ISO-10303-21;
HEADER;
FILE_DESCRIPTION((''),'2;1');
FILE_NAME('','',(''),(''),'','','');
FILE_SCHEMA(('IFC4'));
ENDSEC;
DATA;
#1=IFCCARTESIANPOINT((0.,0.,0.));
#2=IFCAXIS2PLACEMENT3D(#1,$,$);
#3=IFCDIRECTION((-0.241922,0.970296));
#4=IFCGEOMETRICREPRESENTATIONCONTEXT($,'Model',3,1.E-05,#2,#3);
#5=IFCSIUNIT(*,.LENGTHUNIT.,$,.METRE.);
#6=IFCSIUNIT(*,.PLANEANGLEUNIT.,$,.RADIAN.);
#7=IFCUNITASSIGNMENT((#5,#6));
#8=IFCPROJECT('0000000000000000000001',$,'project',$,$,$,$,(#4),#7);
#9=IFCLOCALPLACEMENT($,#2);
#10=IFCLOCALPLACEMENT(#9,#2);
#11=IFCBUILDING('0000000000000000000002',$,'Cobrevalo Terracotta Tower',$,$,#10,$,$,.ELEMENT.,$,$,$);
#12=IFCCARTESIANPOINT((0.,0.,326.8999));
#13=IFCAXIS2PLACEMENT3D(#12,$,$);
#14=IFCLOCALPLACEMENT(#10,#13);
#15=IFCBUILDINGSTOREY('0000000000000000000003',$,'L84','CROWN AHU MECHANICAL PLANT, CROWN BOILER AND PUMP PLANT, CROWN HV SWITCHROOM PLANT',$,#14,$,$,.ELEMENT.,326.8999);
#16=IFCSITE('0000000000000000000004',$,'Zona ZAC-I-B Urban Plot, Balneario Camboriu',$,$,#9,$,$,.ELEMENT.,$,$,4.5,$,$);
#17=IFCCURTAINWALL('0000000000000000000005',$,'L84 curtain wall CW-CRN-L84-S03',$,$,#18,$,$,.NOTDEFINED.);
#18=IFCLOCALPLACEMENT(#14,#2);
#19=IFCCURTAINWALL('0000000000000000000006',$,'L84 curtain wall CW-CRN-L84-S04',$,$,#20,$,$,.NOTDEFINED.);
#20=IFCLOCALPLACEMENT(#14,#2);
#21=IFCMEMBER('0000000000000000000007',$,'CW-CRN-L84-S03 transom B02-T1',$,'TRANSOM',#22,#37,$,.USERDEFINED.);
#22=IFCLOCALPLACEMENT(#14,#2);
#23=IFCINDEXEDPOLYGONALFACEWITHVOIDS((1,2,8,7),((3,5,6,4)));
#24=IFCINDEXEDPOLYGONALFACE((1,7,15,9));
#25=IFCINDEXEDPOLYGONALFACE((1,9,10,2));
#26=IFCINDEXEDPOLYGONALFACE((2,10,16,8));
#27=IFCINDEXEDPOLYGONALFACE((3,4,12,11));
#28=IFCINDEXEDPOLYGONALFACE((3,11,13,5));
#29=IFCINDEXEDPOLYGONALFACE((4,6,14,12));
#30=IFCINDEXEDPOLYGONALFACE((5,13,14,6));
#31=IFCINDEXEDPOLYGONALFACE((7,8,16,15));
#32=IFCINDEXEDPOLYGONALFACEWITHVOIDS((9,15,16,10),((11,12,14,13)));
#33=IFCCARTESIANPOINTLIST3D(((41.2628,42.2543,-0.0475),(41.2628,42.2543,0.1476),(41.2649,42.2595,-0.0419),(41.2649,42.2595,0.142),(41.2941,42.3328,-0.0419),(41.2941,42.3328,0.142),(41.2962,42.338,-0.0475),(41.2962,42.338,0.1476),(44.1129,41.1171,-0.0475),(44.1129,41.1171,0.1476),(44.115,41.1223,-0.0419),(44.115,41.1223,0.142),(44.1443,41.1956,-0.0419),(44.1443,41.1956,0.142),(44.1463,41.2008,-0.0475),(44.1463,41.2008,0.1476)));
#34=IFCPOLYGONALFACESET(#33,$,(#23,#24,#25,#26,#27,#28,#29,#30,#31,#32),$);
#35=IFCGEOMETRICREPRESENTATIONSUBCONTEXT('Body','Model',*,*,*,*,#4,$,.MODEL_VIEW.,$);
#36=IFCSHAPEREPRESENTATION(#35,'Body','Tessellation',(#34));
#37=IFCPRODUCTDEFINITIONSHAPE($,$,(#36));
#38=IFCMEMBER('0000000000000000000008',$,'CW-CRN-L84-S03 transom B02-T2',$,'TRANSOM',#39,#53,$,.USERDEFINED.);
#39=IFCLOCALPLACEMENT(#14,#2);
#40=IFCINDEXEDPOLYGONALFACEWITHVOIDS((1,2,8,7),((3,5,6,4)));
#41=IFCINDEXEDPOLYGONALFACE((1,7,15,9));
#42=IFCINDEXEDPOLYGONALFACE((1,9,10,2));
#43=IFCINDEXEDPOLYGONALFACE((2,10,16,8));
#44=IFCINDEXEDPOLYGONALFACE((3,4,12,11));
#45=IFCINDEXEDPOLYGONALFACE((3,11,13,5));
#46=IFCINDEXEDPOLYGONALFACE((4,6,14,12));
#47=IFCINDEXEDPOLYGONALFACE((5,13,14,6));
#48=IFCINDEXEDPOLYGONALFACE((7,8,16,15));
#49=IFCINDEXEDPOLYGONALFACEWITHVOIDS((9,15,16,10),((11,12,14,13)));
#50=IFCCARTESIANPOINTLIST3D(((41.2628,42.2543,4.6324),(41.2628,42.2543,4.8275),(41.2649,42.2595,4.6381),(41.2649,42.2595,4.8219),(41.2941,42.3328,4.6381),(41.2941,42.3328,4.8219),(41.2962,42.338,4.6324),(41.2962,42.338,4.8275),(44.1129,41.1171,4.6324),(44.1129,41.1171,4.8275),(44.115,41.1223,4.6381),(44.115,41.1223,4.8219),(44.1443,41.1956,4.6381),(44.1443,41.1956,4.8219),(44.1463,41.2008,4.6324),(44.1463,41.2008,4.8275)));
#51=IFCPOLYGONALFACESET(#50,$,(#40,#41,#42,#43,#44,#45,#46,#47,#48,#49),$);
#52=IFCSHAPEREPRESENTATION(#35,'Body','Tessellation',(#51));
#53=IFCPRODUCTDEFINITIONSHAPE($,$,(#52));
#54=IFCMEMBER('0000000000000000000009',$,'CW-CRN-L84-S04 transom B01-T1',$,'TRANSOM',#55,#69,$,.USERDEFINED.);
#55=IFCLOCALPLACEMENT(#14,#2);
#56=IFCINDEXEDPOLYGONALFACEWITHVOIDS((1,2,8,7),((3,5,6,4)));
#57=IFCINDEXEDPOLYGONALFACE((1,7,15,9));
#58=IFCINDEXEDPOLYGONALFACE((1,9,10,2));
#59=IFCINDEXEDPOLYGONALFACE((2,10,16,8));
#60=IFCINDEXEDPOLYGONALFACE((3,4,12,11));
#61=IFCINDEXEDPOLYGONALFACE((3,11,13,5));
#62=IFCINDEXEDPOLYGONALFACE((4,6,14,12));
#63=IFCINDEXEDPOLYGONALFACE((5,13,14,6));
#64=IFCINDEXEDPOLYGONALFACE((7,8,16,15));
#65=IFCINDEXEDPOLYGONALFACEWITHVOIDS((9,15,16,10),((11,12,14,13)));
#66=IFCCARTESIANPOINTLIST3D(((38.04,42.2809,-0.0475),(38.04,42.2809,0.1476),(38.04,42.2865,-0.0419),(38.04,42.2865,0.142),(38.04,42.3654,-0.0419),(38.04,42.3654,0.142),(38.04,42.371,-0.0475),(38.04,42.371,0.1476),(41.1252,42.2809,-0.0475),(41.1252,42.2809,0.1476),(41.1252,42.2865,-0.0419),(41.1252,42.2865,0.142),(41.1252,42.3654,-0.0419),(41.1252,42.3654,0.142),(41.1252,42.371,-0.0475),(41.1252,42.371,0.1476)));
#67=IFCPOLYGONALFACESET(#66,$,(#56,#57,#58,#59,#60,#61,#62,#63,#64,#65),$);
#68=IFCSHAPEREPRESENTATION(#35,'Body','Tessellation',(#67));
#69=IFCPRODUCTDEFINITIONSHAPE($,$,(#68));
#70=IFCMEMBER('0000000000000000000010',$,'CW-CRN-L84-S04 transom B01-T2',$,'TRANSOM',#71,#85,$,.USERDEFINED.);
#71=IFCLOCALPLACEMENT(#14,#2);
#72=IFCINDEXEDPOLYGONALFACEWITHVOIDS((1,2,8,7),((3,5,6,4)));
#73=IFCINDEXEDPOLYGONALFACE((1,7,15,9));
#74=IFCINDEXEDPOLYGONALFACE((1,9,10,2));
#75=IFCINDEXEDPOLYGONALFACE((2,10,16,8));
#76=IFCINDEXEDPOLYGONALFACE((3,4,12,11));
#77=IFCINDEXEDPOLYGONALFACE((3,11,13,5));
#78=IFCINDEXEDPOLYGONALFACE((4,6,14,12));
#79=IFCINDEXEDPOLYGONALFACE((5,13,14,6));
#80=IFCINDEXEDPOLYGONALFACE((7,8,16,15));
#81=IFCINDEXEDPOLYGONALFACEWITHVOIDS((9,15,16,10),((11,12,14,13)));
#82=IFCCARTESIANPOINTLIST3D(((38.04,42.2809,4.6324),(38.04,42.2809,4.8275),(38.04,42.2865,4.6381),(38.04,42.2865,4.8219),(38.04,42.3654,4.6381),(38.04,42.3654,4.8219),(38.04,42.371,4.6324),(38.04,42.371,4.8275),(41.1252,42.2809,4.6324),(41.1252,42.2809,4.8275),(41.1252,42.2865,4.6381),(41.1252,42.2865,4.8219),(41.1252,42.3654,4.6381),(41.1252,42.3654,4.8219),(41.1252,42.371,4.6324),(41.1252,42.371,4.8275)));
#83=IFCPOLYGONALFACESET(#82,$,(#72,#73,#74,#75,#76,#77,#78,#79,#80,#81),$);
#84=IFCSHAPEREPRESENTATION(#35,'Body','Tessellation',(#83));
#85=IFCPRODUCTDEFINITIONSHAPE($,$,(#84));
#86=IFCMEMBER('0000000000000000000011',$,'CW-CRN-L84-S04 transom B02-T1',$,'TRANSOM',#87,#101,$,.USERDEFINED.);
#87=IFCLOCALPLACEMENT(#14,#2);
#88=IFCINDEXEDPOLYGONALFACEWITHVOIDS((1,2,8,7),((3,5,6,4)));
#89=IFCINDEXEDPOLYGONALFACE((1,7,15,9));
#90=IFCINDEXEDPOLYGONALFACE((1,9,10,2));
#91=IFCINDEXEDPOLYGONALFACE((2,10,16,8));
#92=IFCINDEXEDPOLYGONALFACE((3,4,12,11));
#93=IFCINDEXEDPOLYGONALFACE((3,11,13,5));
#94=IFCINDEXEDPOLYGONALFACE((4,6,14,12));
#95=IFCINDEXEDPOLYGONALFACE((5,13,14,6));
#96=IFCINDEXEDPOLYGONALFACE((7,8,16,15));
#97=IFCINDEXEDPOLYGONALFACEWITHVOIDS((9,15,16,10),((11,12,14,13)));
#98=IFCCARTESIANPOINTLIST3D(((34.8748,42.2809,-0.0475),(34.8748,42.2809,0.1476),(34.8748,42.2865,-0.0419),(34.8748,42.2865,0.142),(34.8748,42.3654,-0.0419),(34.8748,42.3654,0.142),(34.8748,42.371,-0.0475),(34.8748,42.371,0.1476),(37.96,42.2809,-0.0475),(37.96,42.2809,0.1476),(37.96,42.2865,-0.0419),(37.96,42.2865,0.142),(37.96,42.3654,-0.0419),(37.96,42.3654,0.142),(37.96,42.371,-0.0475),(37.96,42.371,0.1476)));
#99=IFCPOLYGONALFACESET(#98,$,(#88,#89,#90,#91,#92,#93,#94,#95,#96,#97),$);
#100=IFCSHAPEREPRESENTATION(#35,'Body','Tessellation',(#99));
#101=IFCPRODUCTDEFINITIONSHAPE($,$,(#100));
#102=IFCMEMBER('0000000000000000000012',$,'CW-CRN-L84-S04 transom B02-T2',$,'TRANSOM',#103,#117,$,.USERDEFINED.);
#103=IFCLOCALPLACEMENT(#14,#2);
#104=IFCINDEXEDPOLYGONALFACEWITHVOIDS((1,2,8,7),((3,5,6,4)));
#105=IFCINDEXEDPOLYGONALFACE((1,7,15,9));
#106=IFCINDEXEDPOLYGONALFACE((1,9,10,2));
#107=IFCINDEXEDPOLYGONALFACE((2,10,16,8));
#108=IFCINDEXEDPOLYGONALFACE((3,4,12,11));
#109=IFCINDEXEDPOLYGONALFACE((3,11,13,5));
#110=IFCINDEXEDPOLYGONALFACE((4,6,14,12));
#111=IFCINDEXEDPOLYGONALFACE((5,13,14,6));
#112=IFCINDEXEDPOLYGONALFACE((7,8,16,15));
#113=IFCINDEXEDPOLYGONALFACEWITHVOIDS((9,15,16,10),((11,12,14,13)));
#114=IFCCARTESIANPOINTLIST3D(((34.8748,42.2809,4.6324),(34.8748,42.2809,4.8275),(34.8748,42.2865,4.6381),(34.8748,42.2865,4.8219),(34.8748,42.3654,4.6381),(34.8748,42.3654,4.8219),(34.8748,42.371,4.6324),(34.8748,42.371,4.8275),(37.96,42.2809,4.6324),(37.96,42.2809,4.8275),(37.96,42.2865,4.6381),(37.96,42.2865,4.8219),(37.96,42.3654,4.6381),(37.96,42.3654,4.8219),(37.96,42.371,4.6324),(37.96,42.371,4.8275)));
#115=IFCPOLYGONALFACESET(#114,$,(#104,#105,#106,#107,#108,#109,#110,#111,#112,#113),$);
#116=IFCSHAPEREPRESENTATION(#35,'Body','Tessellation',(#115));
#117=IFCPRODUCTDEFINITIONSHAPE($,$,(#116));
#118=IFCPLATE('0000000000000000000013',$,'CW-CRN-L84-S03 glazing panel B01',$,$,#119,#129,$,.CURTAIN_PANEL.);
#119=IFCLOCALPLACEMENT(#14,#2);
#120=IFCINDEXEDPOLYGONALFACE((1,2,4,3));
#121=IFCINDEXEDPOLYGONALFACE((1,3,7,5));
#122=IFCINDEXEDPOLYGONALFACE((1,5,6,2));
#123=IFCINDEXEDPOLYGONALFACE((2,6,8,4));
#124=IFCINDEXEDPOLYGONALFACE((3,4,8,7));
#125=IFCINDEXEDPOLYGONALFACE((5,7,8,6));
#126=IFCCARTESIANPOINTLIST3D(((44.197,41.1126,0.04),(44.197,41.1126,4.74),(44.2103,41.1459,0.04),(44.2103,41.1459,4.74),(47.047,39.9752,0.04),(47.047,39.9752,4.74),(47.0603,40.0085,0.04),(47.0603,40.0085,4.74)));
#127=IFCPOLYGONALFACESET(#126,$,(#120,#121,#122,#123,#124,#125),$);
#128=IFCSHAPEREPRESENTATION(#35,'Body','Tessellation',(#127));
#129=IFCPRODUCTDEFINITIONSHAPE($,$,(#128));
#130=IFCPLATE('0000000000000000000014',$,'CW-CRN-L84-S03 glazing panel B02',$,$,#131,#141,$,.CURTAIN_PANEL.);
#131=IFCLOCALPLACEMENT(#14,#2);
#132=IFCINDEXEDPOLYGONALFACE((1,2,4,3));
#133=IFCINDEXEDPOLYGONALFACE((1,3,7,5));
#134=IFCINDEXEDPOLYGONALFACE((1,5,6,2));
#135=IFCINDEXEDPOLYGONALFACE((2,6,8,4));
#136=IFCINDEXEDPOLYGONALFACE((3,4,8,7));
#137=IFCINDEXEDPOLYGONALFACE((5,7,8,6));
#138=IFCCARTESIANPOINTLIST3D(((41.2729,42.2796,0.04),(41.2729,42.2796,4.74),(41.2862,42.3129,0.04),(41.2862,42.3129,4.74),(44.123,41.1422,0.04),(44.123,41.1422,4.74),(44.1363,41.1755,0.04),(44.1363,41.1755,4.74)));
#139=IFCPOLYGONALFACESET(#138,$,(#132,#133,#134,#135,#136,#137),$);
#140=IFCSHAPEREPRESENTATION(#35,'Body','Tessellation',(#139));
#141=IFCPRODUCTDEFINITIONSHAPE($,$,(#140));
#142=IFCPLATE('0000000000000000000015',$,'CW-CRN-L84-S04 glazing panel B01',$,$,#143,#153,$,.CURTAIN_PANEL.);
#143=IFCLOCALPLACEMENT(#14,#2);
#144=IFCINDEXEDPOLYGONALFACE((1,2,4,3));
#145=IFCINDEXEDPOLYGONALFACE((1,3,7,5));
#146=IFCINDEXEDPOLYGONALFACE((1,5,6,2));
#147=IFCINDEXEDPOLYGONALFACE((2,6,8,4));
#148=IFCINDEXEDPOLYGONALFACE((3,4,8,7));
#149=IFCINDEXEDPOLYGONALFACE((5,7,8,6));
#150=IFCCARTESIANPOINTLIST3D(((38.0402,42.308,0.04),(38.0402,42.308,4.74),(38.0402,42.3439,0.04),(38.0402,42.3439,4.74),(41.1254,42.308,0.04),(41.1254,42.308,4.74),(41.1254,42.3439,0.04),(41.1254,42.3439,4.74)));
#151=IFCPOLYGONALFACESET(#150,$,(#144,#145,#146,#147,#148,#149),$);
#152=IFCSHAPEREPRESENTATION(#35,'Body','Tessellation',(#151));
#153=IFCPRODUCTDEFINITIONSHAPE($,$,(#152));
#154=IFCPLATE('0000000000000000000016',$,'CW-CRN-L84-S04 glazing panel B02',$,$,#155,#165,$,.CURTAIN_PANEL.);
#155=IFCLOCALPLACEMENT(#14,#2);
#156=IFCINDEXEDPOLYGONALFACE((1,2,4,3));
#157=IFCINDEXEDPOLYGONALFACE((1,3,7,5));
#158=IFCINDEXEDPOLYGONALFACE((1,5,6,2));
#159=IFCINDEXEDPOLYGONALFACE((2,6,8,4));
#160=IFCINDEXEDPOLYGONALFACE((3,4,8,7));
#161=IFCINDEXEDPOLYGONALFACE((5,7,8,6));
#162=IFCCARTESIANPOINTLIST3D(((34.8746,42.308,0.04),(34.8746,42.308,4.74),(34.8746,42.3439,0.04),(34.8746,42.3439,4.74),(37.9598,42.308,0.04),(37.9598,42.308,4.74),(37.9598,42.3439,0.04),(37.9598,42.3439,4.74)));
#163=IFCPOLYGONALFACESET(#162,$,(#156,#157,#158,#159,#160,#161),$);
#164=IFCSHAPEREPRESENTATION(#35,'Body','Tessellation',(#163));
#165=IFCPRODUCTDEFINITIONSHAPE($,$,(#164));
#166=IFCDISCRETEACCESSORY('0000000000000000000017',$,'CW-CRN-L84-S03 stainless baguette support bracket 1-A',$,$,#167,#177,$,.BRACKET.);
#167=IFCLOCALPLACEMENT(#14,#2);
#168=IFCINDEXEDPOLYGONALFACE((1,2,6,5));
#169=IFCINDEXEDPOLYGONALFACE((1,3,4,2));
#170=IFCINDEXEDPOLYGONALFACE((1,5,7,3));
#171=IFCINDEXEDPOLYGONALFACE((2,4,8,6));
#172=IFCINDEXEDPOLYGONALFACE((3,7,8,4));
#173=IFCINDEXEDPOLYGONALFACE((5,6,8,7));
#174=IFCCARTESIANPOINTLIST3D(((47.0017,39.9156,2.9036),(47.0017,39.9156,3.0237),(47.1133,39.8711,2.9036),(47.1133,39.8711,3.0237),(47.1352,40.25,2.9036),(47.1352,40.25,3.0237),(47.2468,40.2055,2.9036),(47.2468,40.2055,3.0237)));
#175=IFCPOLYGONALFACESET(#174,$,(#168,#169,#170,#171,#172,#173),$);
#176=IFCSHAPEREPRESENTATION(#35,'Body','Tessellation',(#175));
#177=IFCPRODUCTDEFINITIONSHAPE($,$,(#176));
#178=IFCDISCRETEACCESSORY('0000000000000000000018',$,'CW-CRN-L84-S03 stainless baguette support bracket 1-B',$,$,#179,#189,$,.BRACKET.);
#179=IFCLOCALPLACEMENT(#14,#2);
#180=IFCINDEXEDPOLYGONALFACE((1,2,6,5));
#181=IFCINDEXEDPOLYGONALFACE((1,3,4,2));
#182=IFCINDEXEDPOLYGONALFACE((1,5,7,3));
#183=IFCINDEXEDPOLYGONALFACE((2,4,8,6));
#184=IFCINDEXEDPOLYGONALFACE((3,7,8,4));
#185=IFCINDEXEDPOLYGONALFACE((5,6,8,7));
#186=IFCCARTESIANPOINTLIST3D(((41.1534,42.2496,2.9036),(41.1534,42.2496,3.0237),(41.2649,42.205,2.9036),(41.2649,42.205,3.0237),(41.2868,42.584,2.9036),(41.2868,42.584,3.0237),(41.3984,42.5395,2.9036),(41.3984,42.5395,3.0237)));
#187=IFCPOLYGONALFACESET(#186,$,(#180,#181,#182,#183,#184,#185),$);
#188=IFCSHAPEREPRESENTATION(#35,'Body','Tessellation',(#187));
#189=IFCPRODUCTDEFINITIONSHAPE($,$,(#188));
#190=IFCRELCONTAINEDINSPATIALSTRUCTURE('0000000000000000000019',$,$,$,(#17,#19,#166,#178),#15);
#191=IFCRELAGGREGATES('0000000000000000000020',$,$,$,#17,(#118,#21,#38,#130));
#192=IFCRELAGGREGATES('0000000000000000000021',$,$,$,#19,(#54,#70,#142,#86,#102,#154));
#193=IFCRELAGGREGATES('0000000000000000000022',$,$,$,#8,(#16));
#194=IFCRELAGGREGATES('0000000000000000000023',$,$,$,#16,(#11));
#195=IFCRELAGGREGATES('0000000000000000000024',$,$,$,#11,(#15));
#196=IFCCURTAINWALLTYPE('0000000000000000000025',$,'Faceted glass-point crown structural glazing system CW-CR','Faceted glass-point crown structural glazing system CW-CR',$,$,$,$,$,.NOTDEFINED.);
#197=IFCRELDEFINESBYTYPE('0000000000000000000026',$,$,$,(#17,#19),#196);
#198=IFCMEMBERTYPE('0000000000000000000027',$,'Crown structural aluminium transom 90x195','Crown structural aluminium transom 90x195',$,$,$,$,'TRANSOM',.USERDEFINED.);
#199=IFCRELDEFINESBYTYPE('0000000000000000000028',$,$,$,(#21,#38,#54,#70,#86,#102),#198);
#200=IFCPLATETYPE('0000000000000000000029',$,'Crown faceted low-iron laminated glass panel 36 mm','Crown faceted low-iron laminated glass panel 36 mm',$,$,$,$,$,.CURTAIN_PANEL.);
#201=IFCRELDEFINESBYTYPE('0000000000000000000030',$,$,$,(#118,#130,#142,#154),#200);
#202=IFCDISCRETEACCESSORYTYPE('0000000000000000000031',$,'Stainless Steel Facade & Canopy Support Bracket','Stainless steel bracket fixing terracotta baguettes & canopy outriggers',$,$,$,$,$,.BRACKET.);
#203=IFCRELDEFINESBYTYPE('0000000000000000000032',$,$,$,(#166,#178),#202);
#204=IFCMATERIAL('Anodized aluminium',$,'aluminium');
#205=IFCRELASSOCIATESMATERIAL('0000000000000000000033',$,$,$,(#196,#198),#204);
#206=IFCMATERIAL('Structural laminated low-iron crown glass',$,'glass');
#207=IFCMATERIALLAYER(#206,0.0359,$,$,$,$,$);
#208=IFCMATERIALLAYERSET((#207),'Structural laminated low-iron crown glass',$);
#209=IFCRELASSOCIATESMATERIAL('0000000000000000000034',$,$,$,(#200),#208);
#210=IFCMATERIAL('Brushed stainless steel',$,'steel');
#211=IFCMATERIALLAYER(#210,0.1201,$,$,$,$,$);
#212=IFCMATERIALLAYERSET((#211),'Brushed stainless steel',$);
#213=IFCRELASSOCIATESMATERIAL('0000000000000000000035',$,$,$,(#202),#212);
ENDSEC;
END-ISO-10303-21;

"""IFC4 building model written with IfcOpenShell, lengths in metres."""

from ifc_helpers import new_model, si_unit, direction, frame, origin, origin_2d, place, context, subcontext, project, spatial, rectangle, hollow_rectangle, extrude, source, transform, mapped, material, layer, layer_set, material_profile, profile_set, type_object, element, aggregate, save


model = new_model("IFC4")

# Units and contexts
model_context = context("Model", 3, precision=1e-05, world=origin(), true_north=direction((-0.241922, 0.970296)))
body_context = subcontext(model_context, "Body", "Model", "MODEL_VIEW")
ifc_project = project(units=[si_unit("LENGTHUNIT", "METRE"), si_unit("PLANEANGLEUNIT", "RADIAN")], contexts=[model_context])

# Site, building, storey
site_placement = place(None, origin())
site = spatial("IfcSite", under=ifc_project, at=site_placement, Name="Zona ZAC-I-B Urban Plot, Balneario Camboriu", CompositionType="ELEMENT", RefElevation=4.5)
building_placement = place(site_placement, origin())
building = spatial("IfcBuilding", under=site, at=building_placement, Name="Cobrevalo Terracotta Tower", CompositionType="ELEMENT")
storey_placement = place(building_placement, frame((0.0, 0.0, 326.8999)))
storey = spatial("IfcBuildingStorey", under=building, at=storey_placement, Name="L84", Description="CROWN AHU MECHANICAL PLANT, CROWN BOILER AND PUMP PLANT, CROWN HV SWITCHROOM PLANT", CompositionType="ELEMENT", Elevation=326.8999)

# Curtain walls
ifc_material_1 = material(Name="Anodized aluminium", Category="aluminium")
curtain_wall_type = type_object("IfcCurtainWallType", Name="Faceted glass-point crown structural glazing system CW-CR", Description="Faceted glass-point crown structural glazing system CW-CR", PredefinedType="NOTDEFINED", material=ifc_material_1)
curtain_wall_1_placement = place(storey_placement, origin())
curtain_wall_1 = element("IfcCurtainWall", 1, at=curtain_wall_1_placement, inside=storey, type_object=curtain_wall_type, Name="L84 curtain wall CW-CRN-L84-S03", PredefinedType="NOTDEFINED")
curtain_wall_2_placement = place(storey_placement, origin())
curtain_wall_2 = element("IfcCurtainWall", 2, at=curtain_wall_2_placement, inside=storey, type_object=curtain_wall_type, Name="L84 curtain wall CW-CRN-L84-S04", PredefinedType="NOTDEFINED")

# Members
ifc_material_profile_1 = material_profile(ifc_material_1, hollow_rectangle(XDim=0.0901, YDim=0.1951, WallThickness=0.0056, at=origin_2d()), Name="CWT 90x195")
ifc_profile_set_1 = profile_set([ifc_material_profile_1], Name="Anodized aluminium")
member_type_1 = type_object("IfcMemberType", Name="Crown structural aluminium transom 90x195", Description="Crown structural aluminium transom 90x195", ElementType="TRANSOM", PredefinedType="USERDEFINED", material=ifc_profile_set_1)
shared_shape_1 = source(origin(), body_context, "Body", "SweptSolid", [
    extrude(hollow_rectangle(XDim=0.0901, YDim=0.1951, WallThickness=0.0056, at=origin_2d()), origin(), (0.0, 0.0, 1.0), 3.0686),
])
member_1_placement = place(storey_placement, frame((44.1296, 41.1589, 0.05), z_axis=(-0.928795, 0.370595, 0.0), x_axis=(-0.370595, -0.928795, 0.0)))
member_1 = element("IfcMember", 3, at=member_1_placement, type_object=member_type_1, Name="CW-CRN-L84-S03 transom B02-T1", ObjectType="TRANSOM", PredefinedType="USERDEFINED", context=body_context, shape_type="MappedRepresentation", body=[
    mapped(shared_shape_1, transform((0.0, 0.0, 0.0), scale=1.0)),
])
member_2_placement = place(storey_placement, frame((44.1296, 41.1589, 4.73), z_axis=(-0.928795, 0.370595, 0.0), x_axis=(-0.370595, -0.928795, 0.0)))
member_2 = element("IfcMember", 4, at=member_2_placement, type_object=member_type_1, Name="CW-CRN-L84-S03 transom B02-T2", ObjectType="TRANSOM", PredefinedType="USERDEFINED", context=body_context, shape_type="MappedRepresentation", body=[
    mapped(shared_shape_1, transform((0.0, 0.0, 0.0), scale=1.0)),
])
shared_shape_2 = source(origin(), body_context, "Body", "SweptSolid", [
    extrude(hollow_rectangle(XDim=0.0901, YDim=0.1951, WallThickness=0.0056, at=origin_2d()), origin(), (0.0, 0.0, 1.0), 3.0852),
])
member_3_placement = place(storey_placement, frame((41.1252, 42.3259, 0.05), z_axis=(-1.0, 0.0, 0.0), x_axis=(0.0, -1.0, 0.0)))
member_3 = element("IfcMember", 5, at=member_3_placement, type_object=member_type_1, Name="CW-CRN-L84-S04 transom B01-T1", ObjectType="TRANSOM", PredefinedType="USERDEFINED", context=body_context, shape_type="MappedRepresentation", body=[
    mapped(shared_shape_2, transform((0.0, 0.0, 0.0), scale=1.0)),
])
member_4_placement = place(storey_placement, frame((41.1252, 42.3259, 4.73), z_axis=(-1.0, 0.0, 0.0), x_axis=(0.0, -1.0, 0.0)))
member_4 = element("IfcMember", 6, at=member_4_placement, type_object=member_type_1, Name="CW-CRN-L84-S04 transom B01-T2", ObjectType="TRANSOM", PredefinedType="USERDEFINED", context=body_context, shape_type="MappedRepresentation", body=[
    mapped(shared_shape_2, transform((0.0, 0.0, 0.0), scale=1.0)),
])
member_5_placement = place(storey_placement, frame((37.96, 42.3259, 0.05), z_axis=(-1.0, 0.0, 0.0), x_axis=(0.0, -1.0, 0.0)))
member_5 = element("IfcMember", 7, at=member_5_placement, type_object=member_type_1, Name="CW-CRN-L84-S04 transom B02-T1", ObjectType="TRANSOM", PredefinedType="USERDEFINED", context=body_context, shape_type="MappedRepresentation", body=[
    mapped(shared_shape_2, transform((0.0, 0.0, 0.0), scale=1.0)),
])
member_6_placement = place(storey_placement, frame((37.96, 42.3259, 4.73), z_axis=(-1.0, 0.0, 0.0), x_axis=(0.0, -1.0, 0.0)))
member_6 = element("IfcMember", 8, at=member_6_placement, type_object=member_type_1, Name="CW-CRN-L84-S04 transom B02-T2", ObjectType="TRANSOM", PredefinedType="USERDEFINED", context=body_context, shape_type="MappedRepresentation", body=[
    mapped(shared_shape_2, transform((0.0, 0.0, 0.0), scale=1.0)),
])

# Plates
ifc_material_2 = material(Name="Structural laminated low-iron crown glass", Category="glass")
ifc_layer_1 = layer(ifc_material_2, 0.0359)
ifc_layer_set_1 = layer_set([ifc_layer_1], Name="Structural laminated low-iron crown glass")
plate_type = type_object("IfcPlateType", Name="Crown faceted low-iron laminated glass panel 36 mm", Description="Crown faceted low-iron laminated glass panel 36 mm", PredefinedType="CURTAIN_PANEL", material=ifc_layer_set_1)
shared_shape_3 = source(origin(), body_context, "Body", "SweptSolid", [
    extrude(rectangle(XDim=3.0686, YDim=0.0359, at=origin_2d()), origin(), (0.0, 0.0, 1.0), 4.7),
])
plate_1_placement = place(storey_placement, frame((45.6287, 40.5605, 0.04), z_axis=(0.0, 0.0, 1.0), x_axis=(-0.928769, 0.37066, 0.0)))
plate_1 = element("IfcPlate", 9, at=plate_1_placement, type_object=plate_type, Name="CW-CRN-L84-S03 glazing panel B01", PredefinedType="CURTAIN_PANEL", context=body_context, shape_type="MappedRepresentation", body=[
    mapped(shared_shape_3, transform((0.0, 0.0, 0.0), scale=1.0)),
])
plate_2_placement = place(storey_placement, frame((42.7046, 41.7275, 0.04), z_axis=(0.0, 0.0, 1.0), x_axis=(-0.928769, 0.37066, 0.0)))
plate_2 = element("IfcPlate", 10, at=plate_2_placement, type_object=plate_type, Name="CW-CRN-L84-S03 glazing panel B02", PredefinedType="CURTAIN_PANEL", context=body_context, shape_type="MappedRepresentation", body=[
    mapped(shared_shape_3, transform((0.0, 0.0, 0.0), scale=1.0)),
])
aggregate(curtain_wall_1, [plate_1, member_1, member_2, plate_2])
shared_shape_4 = source(origin(), body_context, "Body", "SweptSolid", [
    extrude(rectangle(XDim=3.0852, YDim=0.0359, at=origin_2d()), origin(), (0.0, 0.0, 1.0), 4.7),
])
plate_3_placement = place(storey_placement, frame((39.5828, 42.3259, 0.04), z_axis=(0.0, 0.0, 1.0), x_axis=(-1.0, 0.0, 0.0)))
plate_3 = element("IfcPlate", 11, at=plate_3_placement, type_object=plate_type, Name="CW-CRN-L84-S04 glazing panel B01", PredefinedType="CURTAIN_PANEL", context=body_context, shape_type="MappedRepresentation", body=[
    mapped(shared_shape_4, transform((0.0, 0.0, 0.0), scale=1.0)),
])
plate_4_placement = place(storey_placement, frame((36.4172, 42.3259, 0.04), z_axis=(0.0, 0.0, 1.0), x_axis=(-1.0, 0.0, 0.0)))
plate_4 = element("IfcPlate", 12, at=plate_4_placement, type_object=plate_type, Name="CW-CRN-L84-S04 glazing panel B02", PredefinedType="CURTAIN_PANEL", context=body_context, shape_type="MappedRepresentation", body=[
    mapped(shared_shape_4, transform((0.0, 0.0, 0.0), scale=1.0)),
])
aggregate(curtain_wall_2, [member_3, member_4, plate_3, member_5, member_6, plate_4])

# Discrete accessories
ifc_material_3 = material(Name="Brushed stainless steel", Category="steel")
ifc_layer_2 = layer(ifc_material_3, 0.1201)
ifc_layer_set_2 = layer_set([ifc_layer_2], Name="Brushed stainless steel")
discrete_accessory_type = type_object("IfcDiscreteAccessoryType", Name="Stainless Steel Facade & Canopy Support Bracket", Description="Stainless steel bracket fixing terracotta baguettes & canopy outriggers", PredefinedType="BRACKET", material=ifc_layer_set_2)
shared_shape_5 = source(origin(), body_context, "Body", "SweptSolid", [
    extrude(rectangle(XDim=0.1201, YDim=0.3601, at=origin_2d()), origin(), (0.0, 0.0, 1.0), 0.1201),
])
for number, where, z_axis, x_axis, name in (
    (13, (47.1243, 40.0605, 2.9036), (0.0, 0.0, 1.0), (-0.928769, 0.37066, 0.0), "CW-CRN-L84-S03 stainless baguette support bracket 1-A"),
    (14, (41.2759, 42.3945, 2.9036), (0.0, 0.0, 1.0), (-0.928769, 0.37066, 0.0), "CW-CRN-L84-S03 stainless baguette support bracket 1-B"),
):
    element("IfcDiscreteAccessory", number, at=place(storey_placement, frame(where, z_axis=z_axis, x_axis=x_axis)), inside=storey, type_object=discrete_accessory_type, Name=name, PredefinedType="BRACKET", context=body_context, shape_type="MappedRepresentation", body=[
        mapped(shared_shape_5, transform((0.0, 0.0, 0.0), scale=1.0)),
    ])

save(model, "model.ifc")
